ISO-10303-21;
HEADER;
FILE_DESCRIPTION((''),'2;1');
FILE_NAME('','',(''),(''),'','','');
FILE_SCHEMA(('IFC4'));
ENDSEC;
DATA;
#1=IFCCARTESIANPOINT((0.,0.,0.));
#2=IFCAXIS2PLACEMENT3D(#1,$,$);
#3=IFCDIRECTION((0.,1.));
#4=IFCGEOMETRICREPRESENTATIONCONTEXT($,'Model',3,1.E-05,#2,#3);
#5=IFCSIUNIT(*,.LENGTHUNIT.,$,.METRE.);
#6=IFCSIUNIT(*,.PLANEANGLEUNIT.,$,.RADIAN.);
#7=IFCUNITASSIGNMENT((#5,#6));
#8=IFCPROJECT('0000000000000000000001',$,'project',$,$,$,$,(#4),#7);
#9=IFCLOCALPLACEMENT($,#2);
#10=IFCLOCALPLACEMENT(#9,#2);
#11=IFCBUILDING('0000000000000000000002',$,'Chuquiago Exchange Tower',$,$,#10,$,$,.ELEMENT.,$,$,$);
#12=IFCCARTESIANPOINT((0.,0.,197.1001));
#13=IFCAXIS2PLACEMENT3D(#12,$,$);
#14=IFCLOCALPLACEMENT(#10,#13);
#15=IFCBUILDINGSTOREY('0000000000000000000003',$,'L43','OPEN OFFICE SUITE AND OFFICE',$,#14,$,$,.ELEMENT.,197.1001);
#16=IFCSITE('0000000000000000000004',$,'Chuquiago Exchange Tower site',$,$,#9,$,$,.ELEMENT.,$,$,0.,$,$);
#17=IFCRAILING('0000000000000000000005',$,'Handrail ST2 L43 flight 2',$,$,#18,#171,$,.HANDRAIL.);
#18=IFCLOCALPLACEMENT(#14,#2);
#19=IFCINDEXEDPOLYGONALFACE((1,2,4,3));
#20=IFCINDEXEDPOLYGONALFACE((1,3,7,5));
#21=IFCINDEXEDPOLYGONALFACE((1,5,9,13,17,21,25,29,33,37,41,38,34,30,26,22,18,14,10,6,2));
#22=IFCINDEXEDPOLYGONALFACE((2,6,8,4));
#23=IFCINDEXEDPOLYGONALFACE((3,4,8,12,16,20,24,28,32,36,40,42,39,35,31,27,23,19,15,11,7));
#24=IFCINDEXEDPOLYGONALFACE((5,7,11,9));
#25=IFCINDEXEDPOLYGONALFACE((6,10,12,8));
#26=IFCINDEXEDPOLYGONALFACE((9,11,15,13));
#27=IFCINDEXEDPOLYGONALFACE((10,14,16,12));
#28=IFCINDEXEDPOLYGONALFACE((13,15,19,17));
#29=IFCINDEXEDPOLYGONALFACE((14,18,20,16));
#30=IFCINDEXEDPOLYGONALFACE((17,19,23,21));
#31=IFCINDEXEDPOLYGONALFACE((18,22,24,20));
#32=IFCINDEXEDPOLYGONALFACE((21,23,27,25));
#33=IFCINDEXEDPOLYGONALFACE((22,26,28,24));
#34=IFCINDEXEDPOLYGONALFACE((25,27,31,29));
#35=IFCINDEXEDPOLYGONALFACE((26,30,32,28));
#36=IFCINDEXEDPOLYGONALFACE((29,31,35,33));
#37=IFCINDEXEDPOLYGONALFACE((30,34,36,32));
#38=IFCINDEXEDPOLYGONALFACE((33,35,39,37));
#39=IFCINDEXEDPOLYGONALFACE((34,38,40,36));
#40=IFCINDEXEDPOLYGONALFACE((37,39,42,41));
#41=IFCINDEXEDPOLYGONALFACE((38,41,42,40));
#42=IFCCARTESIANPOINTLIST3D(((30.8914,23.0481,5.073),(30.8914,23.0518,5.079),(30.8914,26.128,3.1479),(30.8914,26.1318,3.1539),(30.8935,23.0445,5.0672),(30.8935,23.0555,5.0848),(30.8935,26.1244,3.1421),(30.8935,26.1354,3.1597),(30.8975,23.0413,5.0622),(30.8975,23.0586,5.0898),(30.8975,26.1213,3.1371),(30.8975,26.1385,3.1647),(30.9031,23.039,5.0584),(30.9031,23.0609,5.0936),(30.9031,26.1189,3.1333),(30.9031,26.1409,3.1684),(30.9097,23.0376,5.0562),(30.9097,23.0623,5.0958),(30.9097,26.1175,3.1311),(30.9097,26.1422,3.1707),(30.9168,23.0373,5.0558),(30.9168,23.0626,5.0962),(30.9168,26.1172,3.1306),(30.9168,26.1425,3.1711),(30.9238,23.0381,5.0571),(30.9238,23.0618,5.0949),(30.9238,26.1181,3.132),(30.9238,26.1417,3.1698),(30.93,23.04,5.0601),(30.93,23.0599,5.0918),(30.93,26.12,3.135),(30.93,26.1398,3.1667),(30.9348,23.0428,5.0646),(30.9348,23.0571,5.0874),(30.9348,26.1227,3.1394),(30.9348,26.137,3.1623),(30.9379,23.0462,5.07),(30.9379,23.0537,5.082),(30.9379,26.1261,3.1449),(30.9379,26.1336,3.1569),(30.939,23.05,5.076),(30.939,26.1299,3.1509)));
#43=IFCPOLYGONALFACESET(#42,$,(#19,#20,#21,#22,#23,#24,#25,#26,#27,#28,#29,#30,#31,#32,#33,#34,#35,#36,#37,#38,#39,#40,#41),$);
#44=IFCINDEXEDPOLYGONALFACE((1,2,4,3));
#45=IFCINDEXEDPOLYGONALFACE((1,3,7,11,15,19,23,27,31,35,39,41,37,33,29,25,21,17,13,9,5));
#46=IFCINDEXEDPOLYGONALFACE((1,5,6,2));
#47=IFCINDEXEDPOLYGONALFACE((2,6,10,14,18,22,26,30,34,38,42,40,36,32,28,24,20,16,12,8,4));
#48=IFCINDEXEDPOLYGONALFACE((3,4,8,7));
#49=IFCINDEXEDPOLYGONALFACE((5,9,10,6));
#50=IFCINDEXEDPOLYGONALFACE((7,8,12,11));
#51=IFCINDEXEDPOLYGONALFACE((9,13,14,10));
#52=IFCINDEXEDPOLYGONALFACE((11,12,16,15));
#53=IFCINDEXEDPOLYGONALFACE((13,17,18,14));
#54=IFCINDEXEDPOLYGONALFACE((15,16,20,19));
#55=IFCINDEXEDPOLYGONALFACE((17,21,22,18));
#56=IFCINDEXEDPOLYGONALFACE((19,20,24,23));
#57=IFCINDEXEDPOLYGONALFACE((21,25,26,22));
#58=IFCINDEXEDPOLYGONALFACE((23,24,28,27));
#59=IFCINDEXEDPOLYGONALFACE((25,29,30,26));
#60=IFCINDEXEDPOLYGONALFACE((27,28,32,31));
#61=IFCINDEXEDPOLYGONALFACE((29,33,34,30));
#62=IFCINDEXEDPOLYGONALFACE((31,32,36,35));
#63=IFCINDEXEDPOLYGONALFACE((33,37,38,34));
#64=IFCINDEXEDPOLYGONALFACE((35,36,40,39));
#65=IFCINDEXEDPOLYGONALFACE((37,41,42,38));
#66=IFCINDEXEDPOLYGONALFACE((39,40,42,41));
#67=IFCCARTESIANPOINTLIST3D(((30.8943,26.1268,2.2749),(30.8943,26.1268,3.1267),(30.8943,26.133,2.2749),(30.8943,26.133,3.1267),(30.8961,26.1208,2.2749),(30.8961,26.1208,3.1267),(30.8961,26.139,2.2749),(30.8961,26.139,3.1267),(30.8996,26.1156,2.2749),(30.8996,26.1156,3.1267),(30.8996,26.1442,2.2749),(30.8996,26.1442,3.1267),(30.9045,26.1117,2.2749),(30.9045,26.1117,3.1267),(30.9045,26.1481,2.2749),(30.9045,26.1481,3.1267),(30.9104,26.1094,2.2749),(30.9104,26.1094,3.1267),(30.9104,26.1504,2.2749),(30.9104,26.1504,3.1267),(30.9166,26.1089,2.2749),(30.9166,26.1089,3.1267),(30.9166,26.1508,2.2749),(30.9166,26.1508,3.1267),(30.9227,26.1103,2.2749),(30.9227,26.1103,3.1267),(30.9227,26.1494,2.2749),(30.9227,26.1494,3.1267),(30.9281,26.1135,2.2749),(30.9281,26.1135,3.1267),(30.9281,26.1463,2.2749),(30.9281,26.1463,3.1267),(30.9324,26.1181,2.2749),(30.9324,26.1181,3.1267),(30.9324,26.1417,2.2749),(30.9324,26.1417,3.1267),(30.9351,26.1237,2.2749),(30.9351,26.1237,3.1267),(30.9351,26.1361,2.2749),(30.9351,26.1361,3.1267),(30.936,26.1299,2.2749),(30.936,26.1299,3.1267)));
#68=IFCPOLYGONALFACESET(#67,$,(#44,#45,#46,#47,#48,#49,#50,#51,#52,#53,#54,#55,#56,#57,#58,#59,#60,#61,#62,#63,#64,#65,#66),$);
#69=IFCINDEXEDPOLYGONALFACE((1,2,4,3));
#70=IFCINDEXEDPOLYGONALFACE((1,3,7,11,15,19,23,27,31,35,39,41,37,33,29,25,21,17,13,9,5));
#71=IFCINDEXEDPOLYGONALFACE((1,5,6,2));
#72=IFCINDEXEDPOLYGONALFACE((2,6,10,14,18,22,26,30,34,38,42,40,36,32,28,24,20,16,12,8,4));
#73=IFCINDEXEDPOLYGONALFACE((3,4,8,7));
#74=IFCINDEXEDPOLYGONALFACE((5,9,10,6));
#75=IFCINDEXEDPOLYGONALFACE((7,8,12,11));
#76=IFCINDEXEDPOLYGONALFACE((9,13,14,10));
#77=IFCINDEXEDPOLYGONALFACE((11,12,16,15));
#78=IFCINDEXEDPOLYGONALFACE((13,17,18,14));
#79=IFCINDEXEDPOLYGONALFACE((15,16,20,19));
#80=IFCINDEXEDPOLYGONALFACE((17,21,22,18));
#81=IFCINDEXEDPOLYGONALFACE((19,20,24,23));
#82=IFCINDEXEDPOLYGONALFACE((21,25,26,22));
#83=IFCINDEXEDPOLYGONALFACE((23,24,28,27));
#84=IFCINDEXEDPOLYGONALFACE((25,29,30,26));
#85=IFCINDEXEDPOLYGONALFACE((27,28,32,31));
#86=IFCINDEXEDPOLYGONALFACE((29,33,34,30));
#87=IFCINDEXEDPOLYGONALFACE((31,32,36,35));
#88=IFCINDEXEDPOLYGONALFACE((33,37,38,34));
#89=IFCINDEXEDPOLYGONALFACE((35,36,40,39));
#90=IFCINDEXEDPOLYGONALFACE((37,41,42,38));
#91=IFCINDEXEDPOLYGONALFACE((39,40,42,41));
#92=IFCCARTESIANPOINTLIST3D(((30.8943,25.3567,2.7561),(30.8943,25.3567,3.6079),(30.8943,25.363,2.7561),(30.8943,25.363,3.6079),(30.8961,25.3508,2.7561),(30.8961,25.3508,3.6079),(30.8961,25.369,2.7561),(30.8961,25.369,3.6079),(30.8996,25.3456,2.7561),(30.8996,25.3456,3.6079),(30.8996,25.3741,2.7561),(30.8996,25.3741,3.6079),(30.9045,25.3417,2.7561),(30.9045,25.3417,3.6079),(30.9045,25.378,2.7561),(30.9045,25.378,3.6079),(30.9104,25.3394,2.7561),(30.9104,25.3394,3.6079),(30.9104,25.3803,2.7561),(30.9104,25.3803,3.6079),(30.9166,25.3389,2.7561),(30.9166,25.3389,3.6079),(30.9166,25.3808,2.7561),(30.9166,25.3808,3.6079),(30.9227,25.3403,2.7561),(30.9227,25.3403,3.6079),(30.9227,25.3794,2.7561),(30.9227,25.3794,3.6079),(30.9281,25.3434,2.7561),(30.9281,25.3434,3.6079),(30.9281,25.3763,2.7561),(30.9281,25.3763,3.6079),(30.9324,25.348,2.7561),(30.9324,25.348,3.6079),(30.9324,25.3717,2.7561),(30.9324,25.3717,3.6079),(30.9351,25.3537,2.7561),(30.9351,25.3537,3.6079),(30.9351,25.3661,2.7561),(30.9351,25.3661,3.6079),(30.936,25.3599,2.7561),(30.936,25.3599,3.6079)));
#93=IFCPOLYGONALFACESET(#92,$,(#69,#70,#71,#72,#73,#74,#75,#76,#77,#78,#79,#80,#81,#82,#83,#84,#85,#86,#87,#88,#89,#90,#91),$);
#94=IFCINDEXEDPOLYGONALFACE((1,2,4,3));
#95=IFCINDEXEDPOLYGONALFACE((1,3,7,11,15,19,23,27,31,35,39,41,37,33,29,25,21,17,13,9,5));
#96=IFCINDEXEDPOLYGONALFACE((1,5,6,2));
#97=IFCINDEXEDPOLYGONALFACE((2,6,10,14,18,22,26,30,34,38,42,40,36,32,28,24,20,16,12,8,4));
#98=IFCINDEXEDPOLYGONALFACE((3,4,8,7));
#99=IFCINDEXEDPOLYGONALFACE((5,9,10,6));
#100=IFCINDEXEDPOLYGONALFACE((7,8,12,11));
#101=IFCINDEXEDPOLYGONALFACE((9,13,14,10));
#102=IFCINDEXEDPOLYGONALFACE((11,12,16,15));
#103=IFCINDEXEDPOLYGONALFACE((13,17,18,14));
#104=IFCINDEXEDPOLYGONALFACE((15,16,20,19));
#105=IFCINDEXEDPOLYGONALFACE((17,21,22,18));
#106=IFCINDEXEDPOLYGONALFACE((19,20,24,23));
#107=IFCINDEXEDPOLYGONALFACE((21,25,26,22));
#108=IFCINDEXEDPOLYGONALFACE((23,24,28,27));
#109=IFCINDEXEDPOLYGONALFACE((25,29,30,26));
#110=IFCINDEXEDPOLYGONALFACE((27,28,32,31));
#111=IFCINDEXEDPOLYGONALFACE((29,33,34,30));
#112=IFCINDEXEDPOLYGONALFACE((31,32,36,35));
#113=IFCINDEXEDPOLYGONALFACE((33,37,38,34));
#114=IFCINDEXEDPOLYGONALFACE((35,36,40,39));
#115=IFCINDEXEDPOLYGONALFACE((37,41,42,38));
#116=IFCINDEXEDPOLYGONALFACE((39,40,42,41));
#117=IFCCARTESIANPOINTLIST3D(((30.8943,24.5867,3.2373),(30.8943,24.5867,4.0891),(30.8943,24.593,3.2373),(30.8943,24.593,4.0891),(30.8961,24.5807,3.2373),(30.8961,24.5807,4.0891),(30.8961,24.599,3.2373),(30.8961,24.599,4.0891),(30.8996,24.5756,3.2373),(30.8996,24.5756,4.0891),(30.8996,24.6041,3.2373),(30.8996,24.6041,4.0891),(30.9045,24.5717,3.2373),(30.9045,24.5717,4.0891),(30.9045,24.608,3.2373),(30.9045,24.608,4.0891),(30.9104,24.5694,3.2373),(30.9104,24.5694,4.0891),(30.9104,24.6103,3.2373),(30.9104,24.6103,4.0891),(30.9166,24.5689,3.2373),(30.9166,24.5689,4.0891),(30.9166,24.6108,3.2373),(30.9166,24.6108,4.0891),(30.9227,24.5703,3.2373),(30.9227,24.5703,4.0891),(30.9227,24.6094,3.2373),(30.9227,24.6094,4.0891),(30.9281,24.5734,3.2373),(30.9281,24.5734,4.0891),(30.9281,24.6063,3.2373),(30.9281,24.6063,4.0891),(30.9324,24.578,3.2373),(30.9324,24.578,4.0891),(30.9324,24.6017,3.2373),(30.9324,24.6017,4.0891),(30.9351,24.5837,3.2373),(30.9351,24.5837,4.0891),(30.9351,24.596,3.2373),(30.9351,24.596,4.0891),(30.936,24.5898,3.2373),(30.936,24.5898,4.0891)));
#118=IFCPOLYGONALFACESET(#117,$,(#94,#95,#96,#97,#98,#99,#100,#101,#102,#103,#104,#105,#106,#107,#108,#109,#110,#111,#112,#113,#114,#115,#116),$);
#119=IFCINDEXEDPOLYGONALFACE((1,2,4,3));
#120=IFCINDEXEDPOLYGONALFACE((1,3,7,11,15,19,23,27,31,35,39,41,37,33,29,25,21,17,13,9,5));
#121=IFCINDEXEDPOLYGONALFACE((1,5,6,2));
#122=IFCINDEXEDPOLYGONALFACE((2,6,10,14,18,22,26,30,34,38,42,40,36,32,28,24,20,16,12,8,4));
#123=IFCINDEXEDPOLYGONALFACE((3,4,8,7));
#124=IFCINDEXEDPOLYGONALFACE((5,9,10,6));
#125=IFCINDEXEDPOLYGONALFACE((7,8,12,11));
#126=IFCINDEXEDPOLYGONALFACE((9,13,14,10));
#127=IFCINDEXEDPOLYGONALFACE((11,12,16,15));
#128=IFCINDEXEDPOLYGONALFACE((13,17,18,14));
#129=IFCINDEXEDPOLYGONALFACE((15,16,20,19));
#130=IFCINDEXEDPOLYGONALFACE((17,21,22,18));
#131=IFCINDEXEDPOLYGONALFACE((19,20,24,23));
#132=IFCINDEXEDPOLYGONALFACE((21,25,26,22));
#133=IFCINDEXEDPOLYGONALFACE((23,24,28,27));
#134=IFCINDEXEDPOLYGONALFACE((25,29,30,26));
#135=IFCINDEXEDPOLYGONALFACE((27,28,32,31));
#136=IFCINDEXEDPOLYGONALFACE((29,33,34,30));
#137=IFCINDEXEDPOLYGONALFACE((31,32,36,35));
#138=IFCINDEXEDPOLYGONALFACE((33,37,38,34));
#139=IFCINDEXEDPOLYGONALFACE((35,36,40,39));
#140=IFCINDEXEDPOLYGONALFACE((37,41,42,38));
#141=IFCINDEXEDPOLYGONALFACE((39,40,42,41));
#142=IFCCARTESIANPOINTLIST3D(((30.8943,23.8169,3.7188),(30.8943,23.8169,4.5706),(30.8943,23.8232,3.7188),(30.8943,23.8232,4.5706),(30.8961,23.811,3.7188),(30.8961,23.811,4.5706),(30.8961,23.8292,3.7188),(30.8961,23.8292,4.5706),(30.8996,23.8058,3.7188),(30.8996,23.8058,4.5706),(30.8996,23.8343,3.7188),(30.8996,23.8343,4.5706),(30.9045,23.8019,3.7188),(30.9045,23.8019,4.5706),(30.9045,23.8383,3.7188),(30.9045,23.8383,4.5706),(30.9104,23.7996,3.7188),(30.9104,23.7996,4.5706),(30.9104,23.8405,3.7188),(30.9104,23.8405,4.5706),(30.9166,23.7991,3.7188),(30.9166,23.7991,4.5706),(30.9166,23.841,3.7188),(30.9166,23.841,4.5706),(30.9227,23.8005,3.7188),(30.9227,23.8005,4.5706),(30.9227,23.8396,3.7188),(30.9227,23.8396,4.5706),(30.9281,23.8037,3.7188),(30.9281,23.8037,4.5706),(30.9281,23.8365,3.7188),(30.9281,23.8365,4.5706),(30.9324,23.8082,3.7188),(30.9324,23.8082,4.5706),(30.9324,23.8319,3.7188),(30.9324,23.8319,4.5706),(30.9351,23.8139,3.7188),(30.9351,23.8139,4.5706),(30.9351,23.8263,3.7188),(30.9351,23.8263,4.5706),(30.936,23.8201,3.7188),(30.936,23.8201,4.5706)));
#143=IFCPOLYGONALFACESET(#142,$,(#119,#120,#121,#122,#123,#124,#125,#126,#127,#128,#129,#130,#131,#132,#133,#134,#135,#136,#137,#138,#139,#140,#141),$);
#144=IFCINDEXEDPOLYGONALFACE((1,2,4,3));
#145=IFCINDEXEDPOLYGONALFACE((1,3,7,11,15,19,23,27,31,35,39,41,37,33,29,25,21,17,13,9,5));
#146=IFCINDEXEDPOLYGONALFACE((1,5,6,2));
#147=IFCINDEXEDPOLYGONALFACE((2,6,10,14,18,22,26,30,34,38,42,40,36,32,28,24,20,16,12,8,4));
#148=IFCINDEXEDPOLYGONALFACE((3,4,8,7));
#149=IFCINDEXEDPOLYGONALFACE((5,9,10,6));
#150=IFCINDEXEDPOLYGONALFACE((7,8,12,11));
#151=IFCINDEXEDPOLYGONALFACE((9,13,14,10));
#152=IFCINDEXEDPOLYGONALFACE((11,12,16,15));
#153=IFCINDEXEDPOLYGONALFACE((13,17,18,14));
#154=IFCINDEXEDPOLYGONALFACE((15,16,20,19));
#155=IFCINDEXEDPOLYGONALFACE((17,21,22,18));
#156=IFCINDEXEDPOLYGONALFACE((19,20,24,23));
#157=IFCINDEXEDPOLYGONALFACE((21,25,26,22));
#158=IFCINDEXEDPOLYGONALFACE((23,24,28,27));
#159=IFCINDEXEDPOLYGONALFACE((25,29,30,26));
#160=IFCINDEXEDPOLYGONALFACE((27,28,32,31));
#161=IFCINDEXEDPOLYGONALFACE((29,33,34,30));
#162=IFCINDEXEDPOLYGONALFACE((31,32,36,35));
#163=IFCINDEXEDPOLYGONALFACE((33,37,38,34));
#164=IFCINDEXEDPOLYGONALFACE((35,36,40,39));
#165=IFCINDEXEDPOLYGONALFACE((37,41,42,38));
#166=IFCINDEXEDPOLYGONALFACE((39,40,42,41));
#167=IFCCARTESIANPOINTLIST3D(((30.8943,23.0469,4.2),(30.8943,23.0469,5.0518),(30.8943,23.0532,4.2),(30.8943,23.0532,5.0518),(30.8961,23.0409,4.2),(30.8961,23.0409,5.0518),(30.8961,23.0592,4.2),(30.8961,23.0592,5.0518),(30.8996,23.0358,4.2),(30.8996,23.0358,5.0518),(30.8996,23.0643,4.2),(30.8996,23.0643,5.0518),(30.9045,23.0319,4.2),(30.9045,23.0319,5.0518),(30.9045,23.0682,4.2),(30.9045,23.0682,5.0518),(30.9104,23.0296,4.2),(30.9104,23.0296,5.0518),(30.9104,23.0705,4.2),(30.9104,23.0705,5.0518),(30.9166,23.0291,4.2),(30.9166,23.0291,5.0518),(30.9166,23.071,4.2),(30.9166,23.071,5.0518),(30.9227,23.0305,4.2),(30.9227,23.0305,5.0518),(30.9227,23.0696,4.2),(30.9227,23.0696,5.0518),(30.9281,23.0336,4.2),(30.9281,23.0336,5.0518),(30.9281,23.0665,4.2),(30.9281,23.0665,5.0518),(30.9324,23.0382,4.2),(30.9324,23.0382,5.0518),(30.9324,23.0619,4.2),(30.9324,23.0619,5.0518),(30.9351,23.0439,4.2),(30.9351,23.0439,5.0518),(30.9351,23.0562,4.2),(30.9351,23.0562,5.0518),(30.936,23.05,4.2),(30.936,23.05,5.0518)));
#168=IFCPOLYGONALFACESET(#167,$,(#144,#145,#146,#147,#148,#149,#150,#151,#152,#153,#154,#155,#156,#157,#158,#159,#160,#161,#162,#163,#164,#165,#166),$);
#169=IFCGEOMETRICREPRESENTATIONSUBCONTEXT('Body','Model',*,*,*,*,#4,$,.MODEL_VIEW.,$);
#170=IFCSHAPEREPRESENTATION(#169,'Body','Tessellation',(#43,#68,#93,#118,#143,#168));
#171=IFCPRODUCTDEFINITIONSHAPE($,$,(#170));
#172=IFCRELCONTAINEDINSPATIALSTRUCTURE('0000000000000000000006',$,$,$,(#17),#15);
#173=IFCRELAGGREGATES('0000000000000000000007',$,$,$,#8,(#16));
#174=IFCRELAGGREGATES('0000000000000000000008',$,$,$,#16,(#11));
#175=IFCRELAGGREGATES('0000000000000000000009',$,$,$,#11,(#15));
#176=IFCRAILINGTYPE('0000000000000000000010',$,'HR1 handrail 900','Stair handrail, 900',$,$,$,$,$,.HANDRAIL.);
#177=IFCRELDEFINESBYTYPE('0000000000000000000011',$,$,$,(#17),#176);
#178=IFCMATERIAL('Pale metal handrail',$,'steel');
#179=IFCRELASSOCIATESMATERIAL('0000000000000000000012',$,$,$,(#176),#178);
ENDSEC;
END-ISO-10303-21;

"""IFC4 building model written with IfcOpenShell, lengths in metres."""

from ifc_helpers import new_model, si_unit, direction, frame, origin, origin_2d, place, context, subcontext, project, spatial, circle, extrude, material, type_object, element, save


model = new_model("IFC4")

# Units and contexts
model_context = context("Model", 3, precision=1e-05, world=origin(), true_north=direction((0.0, 1.0)))
body_context = subcontext(model_context, "Body", "Model", "MODEL_VIEW")
ifc_project = project(units=[si_unit("LENGTHUNIT", "METRE"), si_unit("PLANEANGLEUNIT", "RADIAN")], contexts=[model_context])

# Site, building, storey
site_placement = place(None, origin())
site = spatial("IfcSite", under=ifc_project, at=site_placement, Name="Chuquiago Exchange Tower site", CompositionType="ELEMENT", RefElevation=0.0)
building_placement = place(site_placement, origin())
building = spatial("IfcBuilding", under=site, at=building_placement, Name="Chuquiago Exchange Tower", CompositionType="ELEMENT")
storey_placement = place(building_placement, frame((0.0, 0.0, 197.1001)))
storey = spatial("IfcBuildingStorey", under=building, at=storey_placement, Name="L43", Description="OPEN OFFICE SUITE AND OFFICE", CompositionType="ELEMENT", Elevation=197.1001)

# Railing
ifc_material_1 = material(Name="Pale metal handrail", Category="steel")
railing_type_1 = type_object("IfcRailingType", Name="HR1 handrail 900", Description="Stair handrail, 900", PredefinedType="HANDRAIL", material=ifc_material_1)
for number, where, name in (
    (1, (30.915, 26.1299, 2.2749), "Handrail ST2 L43 flight 2"),
):
    element("IfcRailing", number, at=place(storey_placement, frame(where)), inside=storey, type_object=railing_type_1, Name=name, PredefinedType="HANDRAIL", context=body_context, shape_type="SweptSolid", body=[
        extrude(circle(Radius=0.0239, at=origin_2d()), frame((0.0, 0.0, 0.876), z_axis=(0.0, -0.847979, 0.530029), x_axis=(1.0, 0.0, 0.0)), (0.0, 0.0, 1.0), 3.6321),
        extrude(circle(Radius=0.021, at=origin_2d()), origin(), (0.0, 0.0, 1.0), 0.8518),
        extrude(circle(Radius=0.021, at=origin_2d()), frame((0.0, -0.77, 0.4812)), (0.0, 0.0, 1.0), 0.8518),
        extrude(circle(Radius=0.021, at=origin_2d()), frame((0.0, -1.54, 0.9624)), (0.0, 0.0, 1.0), 0.8518),
        extrude(circle(Radius=0.021, at=origin_2d()), frame((0.0, -2.3098, 1.4438)), (0.0, 0.0, 1.0), 0.8518),
        extrude(circle(Radius=0.021, at=origin_2d()), frame((0.0, -3.0798, 1.925)), (0.0, 0.0, 1.0), 0.8518),
    ])

save(model, "model.ifc")
